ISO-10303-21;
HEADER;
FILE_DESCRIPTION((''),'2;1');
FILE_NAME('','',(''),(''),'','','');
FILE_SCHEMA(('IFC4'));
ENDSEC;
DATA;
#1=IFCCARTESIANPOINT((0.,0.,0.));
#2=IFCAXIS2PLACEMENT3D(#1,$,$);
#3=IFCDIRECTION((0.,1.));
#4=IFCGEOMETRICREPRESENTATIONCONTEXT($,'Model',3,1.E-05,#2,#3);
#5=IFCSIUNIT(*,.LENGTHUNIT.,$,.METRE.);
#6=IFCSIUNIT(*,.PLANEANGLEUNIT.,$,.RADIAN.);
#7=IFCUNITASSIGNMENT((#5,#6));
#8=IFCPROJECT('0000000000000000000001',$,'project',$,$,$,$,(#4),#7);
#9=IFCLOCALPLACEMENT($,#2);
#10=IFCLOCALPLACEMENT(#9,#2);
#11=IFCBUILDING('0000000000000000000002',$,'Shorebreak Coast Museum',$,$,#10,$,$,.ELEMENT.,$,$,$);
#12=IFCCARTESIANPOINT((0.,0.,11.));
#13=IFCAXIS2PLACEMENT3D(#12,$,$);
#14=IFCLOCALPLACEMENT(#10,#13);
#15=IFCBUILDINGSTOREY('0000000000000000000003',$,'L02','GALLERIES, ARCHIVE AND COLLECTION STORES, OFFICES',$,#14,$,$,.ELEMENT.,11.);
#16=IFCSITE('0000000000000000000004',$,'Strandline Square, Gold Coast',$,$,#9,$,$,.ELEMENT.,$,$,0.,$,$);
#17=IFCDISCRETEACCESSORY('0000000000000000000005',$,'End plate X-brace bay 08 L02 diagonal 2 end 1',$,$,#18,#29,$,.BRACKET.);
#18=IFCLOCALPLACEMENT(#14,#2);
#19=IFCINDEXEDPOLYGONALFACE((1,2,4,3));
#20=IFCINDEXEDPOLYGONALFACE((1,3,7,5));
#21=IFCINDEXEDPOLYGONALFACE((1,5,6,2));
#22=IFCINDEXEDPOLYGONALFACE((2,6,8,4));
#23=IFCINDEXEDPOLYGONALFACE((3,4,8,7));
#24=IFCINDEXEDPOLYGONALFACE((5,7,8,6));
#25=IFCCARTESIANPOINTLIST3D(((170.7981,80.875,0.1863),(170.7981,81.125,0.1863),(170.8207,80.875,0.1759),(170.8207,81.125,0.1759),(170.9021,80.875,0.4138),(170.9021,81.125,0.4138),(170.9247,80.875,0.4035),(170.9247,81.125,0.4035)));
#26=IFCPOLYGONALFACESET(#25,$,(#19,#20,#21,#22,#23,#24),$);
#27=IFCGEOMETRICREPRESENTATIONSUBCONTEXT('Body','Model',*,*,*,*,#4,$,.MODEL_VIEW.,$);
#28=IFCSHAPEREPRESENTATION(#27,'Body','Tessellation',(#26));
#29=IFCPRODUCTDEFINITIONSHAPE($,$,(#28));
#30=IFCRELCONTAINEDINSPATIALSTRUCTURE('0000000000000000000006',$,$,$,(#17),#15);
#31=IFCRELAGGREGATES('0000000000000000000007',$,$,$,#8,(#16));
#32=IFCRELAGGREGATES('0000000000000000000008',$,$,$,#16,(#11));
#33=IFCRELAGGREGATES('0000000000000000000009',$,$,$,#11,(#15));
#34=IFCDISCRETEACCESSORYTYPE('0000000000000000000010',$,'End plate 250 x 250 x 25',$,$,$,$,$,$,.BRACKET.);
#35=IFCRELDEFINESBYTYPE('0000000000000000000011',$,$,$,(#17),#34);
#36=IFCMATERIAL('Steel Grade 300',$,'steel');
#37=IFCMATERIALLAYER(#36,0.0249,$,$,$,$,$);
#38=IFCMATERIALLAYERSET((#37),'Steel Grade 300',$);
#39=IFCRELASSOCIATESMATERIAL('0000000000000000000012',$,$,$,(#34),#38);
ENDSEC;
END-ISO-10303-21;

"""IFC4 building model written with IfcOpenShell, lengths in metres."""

from ifc_helpers import new_model, si_unit, direction, frame, origin, place, context, subcontext, project, spatial, polyline, outline, extrude, material, layer, layer_set, type_object, element, save


model = new_model("IFC4")

# Units and contexts
model_context = context("Model", 3, precision=1e-05, world=origin(), true_north=direction((0.0, 1.0)))
body_context = subcontext(model_context, "Body", "Model", "MODEL_VIEW")
ifc_project = project(units=[si_unit("LENGTHUNIT", "METRE"), si_unit("PLANEANGLEUNIT", "RADIAN")], contexts=[model_context])

# Site, building, storey
site_placement = place(None, origin())
site = spatial("IfcSite", under=ifc_project, at=site_placement, Name="Strandline Square, Gold Coast", CompositionType="ELEMENT", RefElevation=0.0)
building_placement = place(site_placement, origin())
building = spatial("IfcBuilding", under=site, at=building_placement, Name="Shorebreak Coast Museum", CompositionType="ELEMENT")
storey_placement = place(building_placement, frame((0.0, 0.0, 11.0)))
storey = spatial("IfcBuildingStorey", under=building, at=storey_placement, Name="L02", Description="GALLERIES, ARCHIVE AND COLLECTION STORES, OFFICES", CompositionType="ELEMENT", Elevation=11.0)

# Discrete accessory
ifc_material_1 = material(Name="Steel Grade 300", Category="steel")
ifc_layer_1 = layer(ifc_material_1, 0.0249)
ifc_layer_set_1 = layer_set([ifc_layer_1], Name="Steel Grade 300")
discrete_accessory_type = type_object("IfcDiscreteAccessoryType", Name="End plate 250 x 250 x 25", PredefinedType="BRACKET", material=ifc_layer_set_1)
discrete_accessory_placement = place(storey_placement, frame((170.7981, 81.125, 0.1863), z_axis=(-0.909496, 0.0, 0.415714), x_axis=(0.0, -1.0, 0.0)))
element("IfcDiscreteAccessory", 1, at=discrete_accessory_placement, inside=storey, type_object=discrete_accessory_type, Name="End plate X-brace bay 08 L02 diagonal 2 end 1", PredefinedType="BRACKET", context=body_context, shape_type="SweptSolid", body=[
    extrude(outline(polyline([(0.0, 0.0), (0.25, 0.0), (0.25, 0.2502), (0.0, 0.2502), (0.0, 0.0)])), origin(), (0.0, 0.0, -1.0), 0.0249),
])

save(model, "model.ifc")
